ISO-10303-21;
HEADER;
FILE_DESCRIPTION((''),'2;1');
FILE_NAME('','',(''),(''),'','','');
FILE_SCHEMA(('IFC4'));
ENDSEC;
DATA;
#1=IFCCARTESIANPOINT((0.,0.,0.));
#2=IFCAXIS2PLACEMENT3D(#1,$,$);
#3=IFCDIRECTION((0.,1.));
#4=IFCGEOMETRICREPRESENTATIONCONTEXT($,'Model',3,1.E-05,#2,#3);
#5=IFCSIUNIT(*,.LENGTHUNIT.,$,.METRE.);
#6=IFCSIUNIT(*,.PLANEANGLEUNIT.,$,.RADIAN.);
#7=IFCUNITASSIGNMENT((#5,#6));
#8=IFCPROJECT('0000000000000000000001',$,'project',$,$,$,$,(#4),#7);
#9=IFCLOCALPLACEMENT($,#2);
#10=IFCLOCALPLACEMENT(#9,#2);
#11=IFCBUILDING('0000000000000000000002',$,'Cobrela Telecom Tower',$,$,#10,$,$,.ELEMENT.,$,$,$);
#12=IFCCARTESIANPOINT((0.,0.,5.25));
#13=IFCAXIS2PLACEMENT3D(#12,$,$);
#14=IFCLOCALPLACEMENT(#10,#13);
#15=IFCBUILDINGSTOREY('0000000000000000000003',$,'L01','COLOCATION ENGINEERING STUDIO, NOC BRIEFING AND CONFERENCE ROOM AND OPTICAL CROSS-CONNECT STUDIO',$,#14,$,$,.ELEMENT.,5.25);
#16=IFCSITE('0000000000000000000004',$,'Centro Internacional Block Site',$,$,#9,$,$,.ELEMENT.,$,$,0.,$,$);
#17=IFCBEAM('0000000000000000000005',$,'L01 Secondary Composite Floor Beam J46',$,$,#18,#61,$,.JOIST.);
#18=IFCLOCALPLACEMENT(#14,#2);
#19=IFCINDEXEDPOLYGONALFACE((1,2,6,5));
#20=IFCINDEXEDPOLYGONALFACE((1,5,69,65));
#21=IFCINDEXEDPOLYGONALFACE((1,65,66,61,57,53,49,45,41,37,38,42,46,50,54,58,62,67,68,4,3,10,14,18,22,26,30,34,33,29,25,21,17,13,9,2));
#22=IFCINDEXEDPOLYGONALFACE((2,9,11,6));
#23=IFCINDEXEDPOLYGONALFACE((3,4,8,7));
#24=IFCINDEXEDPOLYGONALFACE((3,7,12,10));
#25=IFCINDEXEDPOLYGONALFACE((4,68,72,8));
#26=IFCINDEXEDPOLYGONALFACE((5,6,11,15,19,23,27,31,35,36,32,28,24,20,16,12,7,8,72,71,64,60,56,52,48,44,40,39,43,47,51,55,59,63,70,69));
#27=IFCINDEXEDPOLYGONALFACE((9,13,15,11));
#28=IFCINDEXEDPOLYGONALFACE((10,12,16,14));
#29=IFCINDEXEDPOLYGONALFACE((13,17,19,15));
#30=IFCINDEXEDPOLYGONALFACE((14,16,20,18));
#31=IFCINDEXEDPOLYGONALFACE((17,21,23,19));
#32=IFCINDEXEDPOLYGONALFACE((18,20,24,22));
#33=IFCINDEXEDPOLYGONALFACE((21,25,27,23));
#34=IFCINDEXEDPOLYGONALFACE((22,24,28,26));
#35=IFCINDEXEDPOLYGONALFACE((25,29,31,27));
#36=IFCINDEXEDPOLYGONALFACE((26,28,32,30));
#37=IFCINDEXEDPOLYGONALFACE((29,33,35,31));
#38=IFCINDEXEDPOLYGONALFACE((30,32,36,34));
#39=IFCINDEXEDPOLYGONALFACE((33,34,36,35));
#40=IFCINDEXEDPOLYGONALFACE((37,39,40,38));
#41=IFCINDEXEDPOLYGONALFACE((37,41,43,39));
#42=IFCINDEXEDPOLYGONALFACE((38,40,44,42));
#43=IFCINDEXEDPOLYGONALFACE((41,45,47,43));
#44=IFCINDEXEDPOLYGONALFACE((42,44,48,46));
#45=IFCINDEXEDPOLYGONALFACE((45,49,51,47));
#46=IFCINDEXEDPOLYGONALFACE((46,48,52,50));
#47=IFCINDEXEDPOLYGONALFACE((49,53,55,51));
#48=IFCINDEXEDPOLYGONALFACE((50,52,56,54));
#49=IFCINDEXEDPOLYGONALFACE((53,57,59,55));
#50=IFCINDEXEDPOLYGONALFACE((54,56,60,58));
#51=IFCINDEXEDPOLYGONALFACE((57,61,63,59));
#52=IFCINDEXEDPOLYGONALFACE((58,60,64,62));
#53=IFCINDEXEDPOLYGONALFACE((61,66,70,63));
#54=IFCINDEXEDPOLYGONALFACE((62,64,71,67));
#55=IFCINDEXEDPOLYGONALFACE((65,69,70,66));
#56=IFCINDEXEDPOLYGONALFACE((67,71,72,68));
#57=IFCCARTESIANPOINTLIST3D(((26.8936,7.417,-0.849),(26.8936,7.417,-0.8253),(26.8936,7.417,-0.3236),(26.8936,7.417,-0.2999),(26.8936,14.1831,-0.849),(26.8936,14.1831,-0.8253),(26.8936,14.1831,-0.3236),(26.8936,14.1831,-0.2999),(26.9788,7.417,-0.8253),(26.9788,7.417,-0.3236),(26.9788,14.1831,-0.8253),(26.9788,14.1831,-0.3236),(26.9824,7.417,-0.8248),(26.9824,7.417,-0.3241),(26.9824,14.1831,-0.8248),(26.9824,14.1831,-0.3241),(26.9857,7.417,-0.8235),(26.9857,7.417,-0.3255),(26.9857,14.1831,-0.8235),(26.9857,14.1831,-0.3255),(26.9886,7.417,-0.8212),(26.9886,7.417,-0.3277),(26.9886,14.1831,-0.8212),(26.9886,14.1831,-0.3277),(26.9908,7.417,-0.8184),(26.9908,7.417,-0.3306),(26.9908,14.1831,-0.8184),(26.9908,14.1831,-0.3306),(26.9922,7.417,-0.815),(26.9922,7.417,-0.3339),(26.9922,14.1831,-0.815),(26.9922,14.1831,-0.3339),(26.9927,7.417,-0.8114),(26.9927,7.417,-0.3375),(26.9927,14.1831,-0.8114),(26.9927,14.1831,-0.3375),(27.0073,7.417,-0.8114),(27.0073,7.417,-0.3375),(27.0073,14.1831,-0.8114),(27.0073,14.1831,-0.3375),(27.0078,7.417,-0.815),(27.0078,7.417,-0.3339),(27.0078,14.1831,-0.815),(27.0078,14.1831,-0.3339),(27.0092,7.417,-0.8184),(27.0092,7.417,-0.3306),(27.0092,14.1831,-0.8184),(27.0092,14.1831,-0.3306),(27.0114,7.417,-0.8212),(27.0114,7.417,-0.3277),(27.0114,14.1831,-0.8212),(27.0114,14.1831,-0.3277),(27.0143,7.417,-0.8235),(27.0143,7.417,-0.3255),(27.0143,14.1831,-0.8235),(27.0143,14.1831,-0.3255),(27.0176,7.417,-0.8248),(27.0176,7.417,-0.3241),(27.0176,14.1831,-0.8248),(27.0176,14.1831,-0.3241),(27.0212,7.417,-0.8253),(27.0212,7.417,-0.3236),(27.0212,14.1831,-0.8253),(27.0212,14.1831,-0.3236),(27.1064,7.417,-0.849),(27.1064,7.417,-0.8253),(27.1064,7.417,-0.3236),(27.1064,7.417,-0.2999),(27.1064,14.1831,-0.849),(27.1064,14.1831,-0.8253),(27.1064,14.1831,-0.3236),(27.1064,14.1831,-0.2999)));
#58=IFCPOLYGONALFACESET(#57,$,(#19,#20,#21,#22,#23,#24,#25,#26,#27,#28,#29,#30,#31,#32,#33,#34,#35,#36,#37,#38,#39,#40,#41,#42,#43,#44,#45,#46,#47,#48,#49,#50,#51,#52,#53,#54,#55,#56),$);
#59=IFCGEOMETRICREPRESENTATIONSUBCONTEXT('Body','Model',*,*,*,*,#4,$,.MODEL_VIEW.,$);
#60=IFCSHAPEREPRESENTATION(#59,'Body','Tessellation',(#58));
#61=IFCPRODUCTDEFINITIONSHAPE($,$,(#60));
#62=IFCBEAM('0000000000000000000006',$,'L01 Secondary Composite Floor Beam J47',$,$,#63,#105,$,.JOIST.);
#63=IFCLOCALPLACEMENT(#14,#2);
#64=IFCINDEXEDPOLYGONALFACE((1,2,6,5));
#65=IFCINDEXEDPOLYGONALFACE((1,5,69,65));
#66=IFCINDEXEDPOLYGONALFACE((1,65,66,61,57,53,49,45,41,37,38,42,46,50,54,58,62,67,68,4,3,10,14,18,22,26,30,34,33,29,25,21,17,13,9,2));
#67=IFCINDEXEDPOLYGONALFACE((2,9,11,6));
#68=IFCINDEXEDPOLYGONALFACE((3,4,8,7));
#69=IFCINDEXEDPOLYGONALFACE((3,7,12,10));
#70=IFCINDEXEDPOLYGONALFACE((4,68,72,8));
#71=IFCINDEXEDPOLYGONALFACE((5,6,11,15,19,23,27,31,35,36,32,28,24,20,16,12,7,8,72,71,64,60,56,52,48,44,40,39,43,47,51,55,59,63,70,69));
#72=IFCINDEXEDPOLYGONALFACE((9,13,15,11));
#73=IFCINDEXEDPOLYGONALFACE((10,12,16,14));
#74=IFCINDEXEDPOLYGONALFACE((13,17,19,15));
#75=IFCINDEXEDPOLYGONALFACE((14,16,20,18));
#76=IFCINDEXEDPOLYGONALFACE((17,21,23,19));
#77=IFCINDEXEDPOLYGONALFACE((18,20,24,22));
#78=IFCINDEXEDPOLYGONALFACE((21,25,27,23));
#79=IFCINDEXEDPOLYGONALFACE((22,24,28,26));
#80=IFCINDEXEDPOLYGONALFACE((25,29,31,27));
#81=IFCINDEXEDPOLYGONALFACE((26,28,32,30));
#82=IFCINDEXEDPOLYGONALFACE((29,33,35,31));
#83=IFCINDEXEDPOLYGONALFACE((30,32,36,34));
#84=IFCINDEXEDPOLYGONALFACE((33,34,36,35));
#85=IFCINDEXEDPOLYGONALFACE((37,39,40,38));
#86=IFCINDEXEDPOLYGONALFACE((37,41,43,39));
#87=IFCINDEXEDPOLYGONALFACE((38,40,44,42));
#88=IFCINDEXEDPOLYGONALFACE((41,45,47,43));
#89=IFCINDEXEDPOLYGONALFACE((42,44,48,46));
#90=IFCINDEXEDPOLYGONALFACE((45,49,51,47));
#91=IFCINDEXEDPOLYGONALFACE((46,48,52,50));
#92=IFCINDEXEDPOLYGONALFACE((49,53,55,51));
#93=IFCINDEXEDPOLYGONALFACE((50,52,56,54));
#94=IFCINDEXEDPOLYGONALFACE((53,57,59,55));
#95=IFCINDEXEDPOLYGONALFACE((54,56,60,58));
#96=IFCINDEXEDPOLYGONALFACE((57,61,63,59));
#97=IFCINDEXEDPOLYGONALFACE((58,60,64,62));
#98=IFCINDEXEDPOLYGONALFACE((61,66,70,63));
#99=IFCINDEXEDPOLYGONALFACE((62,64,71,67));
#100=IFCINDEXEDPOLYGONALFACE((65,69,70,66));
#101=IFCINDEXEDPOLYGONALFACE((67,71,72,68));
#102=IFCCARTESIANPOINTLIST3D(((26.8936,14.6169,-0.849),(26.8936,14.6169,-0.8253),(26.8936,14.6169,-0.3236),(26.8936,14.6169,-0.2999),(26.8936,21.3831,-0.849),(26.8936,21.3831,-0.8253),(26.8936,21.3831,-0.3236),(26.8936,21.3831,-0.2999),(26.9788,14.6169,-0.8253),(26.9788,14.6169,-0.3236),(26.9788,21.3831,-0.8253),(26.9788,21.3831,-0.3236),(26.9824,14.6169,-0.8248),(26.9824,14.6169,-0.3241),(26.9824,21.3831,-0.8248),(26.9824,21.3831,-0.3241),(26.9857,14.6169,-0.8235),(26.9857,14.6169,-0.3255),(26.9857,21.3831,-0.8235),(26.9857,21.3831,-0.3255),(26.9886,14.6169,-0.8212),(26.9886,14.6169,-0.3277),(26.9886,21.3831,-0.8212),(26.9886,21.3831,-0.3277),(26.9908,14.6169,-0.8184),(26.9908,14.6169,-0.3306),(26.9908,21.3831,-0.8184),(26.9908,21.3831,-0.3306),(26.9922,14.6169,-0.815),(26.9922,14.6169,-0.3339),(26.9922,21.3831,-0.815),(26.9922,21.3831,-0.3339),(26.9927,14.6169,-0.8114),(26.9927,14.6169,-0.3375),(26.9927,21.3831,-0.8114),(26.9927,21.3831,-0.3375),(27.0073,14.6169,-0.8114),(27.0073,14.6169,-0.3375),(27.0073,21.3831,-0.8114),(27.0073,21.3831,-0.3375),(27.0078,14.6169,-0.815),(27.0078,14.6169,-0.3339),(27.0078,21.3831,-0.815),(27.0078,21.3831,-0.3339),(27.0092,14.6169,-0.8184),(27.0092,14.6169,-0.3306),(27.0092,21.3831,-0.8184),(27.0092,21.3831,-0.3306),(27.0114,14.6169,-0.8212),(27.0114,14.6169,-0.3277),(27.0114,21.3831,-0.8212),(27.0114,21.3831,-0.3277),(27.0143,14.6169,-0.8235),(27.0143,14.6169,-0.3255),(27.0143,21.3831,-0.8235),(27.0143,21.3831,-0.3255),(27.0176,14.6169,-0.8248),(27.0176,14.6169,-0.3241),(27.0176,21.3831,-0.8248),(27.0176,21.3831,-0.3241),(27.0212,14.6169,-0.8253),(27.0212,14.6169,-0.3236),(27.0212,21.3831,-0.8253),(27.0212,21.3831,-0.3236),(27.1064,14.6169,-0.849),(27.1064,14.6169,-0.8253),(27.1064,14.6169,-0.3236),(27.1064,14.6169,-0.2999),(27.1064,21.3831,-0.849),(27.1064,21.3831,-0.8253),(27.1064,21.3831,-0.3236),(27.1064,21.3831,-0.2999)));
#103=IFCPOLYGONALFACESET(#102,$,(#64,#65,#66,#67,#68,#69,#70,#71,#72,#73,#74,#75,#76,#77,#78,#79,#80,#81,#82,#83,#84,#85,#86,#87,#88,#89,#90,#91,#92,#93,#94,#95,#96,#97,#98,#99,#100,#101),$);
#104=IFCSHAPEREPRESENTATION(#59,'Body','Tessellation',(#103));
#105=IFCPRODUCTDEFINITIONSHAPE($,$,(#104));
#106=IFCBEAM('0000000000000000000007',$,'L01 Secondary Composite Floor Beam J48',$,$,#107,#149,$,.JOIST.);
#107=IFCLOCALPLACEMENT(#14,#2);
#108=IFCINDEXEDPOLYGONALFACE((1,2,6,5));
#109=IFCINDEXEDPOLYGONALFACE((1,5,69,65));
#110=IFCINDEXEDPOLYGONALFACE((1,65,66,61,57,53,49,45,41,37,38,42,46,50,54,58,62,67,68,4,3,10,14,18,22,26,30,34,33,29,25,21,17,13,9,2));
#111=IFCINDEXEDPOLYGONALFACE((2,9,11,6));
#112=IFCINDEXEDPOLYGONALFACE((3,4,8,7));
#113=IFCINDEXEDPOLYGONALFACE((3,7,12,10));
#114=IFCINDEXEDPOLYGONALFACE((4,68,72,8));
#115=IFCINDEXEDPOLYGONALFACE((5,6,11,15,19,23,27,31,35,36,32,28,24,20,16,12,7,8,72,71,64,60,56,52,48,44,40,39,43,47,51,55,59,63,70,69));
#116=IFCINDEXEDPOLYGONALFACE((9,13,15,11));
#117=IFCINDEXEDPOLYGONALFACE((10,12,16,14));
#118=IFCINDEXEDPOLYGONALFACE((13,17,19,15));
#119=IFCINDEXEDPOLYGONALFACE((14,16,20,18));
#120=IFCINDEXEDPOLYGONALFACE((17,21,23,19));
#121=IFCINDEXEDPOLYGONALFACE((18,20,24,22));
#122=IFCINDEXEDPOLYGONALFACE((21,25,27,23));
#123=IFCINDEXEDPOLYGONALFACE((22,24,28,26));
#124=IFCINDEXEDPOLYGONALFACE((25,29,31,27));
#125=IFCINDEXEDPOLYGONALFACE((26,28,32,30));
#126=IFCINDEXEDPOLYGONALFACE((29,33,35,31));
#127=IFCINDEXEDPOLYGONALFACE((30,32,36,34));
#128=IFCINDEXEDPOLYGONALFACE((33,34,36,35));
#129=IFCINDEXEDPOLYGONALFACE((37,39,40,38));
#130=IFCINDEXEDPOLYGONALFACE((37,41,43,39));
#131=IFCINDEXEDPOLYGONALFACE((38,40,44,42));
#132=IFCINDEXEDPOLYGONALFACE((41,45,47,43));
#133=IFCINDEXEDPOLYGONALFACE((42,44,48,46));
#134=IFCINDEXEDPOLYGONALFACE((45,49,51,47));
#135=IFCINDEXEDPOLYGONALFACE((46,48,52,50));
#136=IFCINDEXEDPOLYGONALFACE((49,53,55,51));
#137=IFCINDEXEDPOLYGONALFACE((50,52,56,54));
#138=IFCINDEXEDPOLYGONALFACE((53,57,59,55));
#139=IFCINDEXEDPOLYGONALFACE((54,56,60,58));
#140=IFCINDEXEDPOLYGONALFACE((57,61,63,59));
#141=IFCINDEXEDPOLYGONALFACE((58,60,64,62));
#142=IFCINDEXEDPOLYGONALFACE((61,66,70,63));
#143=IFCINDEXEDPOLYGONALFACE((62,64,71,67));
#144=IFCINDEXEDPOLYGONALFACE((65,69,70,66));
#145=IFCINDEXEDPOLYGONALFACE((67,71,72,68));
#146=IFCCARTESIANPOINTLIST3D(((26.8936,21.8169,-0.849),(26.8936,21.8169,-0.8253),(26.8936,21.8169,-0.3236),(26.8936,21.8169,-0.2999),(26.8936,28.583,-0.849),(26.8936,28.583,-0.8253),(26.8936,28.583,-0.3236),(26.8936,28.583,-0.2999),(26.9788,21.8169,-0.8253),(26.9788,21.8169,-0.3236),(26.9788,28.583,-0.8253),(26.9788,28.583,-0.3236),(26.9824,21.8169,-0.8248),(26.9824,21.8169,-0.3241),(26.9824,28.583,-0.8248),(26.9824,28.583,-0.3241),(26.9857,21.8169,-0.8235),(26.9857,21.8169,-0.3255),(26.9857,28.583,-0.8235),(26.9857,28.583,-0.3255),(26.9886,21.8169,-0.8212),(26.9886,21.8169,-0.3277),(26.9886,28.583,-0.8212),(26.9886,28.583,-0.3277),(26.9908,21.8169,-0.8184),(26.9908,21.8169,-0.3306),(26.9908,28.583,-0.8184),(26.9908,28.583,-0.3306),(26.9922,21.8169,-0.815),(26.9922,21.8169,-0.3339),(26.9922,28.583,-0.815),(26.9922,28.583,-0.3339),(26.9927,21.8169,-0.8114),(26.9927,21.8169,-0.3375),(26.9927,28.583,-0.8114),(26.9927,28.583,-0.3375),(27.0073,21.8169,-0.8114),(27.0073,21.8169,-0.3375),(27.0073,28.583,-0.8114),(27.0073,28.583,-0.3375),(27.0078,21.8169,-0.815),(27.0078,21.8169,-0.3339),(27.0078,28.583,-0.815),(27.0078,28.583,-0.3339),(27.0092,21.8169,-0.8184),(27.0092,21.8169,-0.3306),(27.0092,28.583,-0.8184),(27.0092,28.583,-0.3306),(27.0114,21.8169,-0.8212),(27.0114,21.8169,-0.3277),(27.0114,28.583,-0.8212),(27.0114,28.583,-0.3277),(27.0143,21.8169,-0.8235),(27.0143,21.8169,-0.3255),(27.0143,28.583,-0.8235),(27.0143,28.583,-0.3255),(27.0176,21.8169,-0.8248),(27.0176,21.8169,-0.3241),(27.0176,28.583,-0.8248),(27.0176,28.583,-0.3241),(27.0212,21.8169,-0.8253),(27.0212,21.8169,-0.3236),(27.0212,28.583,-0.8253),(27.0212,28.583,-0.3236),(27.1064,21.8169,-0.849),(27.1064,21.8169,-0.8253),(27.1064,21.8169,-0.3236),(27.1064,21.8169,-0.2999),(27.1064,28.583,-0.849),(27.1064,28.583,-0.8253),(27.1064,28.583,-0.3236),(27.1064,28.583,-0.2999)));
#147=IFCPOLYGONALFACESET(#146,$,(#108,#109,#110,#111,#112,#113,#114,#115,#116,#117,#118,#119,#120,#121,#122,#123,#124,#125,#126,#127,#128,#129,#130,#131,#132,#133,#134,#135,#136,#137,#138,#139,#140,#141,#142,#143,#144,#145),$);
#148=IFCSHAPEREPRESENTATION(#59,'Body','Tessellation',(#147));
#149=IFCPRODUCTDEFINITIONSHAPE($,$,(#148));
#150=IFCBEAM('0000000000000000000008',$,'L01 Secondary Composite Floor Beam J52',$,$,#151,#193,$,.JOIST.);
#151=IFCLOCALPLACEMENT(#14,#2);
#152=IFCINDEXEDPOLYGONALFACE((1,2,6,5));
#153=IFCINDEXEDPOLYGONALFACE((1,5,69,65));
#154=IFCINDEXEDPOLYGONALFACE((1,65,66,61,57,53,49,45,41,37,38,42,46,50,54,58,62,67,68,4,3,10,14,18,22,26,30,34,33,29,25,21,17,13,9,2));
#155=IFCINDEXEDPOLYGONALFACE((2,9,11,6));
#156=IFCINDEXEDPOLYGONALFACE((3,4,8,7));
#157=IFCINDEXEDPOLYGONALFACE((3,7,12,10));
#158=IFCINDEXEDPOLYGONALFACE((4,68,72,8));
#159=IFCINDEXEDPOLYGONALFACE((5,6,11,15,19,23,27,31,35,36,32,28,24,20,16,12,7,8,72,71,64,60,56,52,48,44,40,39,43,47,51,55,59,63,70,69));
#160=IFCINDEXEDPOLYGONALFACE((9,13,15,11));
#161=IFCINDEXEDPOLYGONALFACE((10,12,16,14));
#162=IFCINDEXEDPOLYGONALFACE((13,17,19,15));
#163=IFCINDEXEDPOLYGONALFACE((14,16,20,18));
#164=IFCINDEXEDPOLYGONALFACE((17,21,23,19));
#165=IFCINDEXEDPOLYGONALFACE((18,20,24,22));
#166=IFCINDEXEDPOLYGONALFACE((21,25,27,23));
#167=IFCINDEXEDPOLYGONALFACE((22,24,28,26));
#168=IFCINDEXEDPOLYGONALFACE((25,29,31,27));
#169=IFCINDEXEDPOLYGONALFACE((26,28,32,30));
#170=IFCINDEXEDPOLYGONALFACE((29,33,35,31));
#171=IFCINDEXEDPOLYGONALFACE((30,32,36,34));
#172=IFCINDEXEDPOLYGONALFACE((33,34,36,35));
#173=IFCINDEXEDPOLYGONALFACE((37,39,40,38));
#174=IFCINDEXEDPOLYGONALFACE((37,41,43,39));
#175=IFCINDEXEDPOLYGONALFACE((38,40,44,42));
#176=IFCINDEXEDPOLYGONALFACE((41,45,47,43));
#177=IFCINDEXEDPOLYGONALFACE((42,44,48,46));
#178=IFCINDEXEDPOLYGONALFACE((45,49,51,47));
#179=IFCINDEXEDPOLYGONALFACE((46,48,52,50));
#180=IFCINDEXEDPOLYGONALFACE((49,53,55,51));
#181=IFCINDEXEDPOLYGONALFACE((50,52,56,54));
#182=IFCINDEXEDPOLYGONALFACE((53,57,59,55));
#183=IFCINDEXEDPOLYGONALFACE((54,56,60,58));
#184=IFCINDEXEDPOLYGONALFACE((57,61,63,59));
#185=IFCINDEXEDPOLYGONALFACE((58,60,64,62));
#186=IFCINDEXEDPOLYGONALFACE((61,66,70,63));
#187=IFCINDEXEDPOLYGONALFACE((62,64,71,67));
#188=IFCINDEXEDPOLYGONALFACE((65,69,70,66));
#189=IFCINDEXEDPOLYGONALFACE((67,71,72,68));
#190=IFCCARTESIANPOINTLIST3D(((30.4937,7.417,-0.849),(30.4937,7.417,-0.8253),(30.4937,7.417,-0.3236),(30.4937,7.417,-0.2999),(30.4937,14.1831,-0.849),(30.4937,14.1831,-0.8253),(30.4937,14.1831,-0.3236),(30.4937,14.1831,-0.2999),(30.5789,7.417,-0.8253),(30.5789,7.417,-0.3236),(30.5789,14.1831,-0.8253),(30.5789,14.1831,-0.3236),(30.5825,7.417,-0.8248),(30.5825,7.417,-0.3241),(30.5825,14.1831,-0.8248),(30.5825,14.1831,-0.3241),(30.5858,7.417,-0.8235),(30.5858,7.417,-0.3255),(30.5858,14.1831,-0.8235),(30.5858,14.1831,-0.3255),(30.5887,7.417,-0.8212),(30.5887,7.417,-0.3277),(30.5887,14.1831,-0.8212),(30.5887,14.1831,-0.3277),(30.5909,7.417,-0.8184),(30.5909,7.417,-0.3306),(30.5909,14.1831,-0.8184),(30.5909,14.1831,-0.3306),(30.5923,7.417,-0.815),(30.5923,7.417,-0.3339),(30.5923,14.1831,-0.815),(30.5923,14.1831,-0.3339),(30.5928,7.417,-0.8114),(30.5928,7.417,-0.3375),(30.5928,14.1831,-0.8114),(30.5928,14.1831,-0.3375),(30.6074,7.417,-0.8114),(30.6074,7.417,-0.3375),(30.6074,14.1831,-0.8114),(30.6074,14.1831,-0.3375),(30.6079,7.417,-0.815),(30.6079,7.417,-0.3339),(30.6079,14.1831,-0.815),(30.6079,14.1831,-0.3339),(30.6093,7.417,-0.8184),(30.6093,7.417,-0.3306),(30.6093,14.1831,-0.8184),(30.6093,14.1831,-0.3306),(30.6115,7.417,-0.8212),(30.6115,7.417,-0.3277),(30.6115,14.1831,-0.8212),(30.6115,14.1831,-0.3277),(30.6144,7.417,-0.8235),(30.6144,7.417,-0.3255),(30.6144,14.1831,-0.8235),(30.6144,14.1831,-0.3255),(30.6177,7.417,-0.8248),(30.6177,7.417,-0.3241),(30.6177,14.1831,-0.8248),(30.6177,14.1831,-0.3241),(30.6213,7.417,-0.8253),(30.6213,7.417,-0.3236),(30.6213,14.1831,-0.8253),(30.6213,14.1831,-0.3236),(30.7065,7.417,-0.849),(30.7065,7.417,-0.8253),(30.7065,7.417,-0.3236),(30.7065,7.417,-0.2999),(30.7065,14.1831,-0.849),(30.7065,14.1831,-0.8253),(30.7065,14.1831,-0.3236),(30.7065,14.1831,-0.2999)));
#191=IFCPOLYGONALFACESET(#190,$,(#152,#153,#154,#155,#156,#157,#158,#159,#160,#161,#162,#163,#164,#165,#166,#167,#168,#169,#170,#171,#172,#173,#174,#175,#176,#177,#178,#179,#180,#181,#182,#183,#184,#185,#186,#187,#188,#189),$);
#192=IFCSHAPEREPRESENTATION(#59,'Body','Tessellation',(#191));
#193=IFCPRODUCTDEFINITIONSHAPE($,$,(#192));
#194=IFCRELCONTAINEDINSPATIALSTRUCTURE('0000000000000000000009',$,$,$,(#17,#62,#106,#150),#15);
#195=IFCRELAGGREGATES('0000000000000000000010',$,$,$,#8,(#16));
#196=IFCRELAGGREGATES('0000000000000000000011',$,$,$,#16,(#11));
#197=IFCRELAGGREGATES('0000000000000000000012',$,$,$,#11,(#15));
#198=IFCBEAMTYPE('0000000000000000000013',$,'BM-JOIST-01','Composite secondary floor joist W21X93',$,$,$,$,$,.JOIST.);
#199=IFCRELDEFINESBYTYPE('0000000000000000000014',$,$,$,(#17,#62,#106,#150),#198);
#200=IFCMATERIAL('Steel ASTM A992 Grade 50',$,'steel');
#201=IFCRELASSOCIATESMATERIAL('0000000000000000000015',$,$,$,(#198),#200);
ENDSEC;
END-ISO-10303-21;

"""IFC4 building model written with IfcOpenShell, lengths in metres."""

from ifc_helpers import new_model, si_unit, direction, frame, origin, origin_2d, place, context, subcontext, project, spatial, i_section, extrude, material, material_profile, profile_set, type_object, element, save


model = new_model("IFC4")

# Units and contexts
model_context = context("Model", 3, precision=1e-05, world=origin(), true_north=direction((0.0, 1.0)))
body_context = subcontext(model_context, "Body", "Model", "MODEL_VIEW")
ifc_project = project(units=[si_unit("LENGTHUNIT", "METRE"), si_unit("PLANEANGLEUNIT", "RADIAN")], contexts=[model_context])

# Site, building, storey
site_placement = place(None, origin())
site = spatial("IfcSite", under=ifc_project, at=site_placement, Name="Centro Internacional Block Site", CompositionType="ELEMENT", RefElevation=0.0)
building_placement = place(site_placement, origin())
building = spatial("IfcBuilding", under=site, at=building_placement, Name="Cobrela Telecom Tower", CompositionType="ELEMENT")
storey_placement = place(building_placement, frame((0.0, 0.0, 5.25)))
storey = spatial("IfcBuildingStorey", under=building, at=storey_placement, Name="L01", Description="COLOCATION ENGINEERING STUDIO, NOC BRIEFING AND CONFERENCE ROOM AND OPTICAL CROSS-CONNECT STUDIO", CompositionType="ELEMENT", Elevation=5.25)

# Beams
ifc_material_1 = material(Name="Steel ASTM A992 Grade 50", Category="steel")
ifc_material_profile_1 = material_profile(ifc_material_1, i_section(OverallWidth=0.2129, OverallDepth=0.5491, WebThickness=0.0146, FlangeThickness=0.0237, FilletRadius=0.0139, at=origin_2d()), Name="W21X93")
ifc_profile_set_1 = profile_set([ifc_material_profile_1], Name="Steel ASTM A992 Grade 50")
beam_type_1 = type_object("IfcBeamType", Name="BM-JOIST-01", Description="Composite secondary floor joist W21X93", PredefinedType="JOIST", material=ifc_profile_set_1)
for number, where, z_axis, x_axis, name in (
    (1, (27.0, 7.417, -0.5745), (0.0, 1.0, 0.0), (-1.0, 0.0, 0.0), "L01 Secondary Composite Floor Beam J46"),
    (2, (27.0, 14.6169, -0.5745), (0.0, 1.0, 0.0), (-1.0, 0.0, 0.0), "L01 Secondary Composite Floor Beam J47"),
    (3, (27.0, 21.8169, -0.5745), (0.0, 1.0, 0.0), (-1.0, 0.0, 0.0), "L01 Secondary Composite Floor Beam J48"),
    (4, (30.6001, 7.417, -0.5745), (0.0, 1.0, 0.0), (-1.0, 0.0, 0.0), "L01 Secondary Composite Floor Beam J52"),
):
    element("IfcBeam", number, at=place(storey_placement, frame(where, z_axis=z_axis, x_axis=x_axis)), inside=storey, type_object=beam_type_1, Name=name, PredefinedType="JOIST", context=body_context, shape_type="SweptSolid", body=[
        extrude(i_section(OverallWidth=0.2129, OverallDepth=0.5491, WebThickness=0.0146, FlangeThickness=0.0237, FilletRadius=0.0139, at=origin_2d()), origin(), (0.0, 0.0, 1.0), 6.7661),
    ])

save(model, "model.ifc")
